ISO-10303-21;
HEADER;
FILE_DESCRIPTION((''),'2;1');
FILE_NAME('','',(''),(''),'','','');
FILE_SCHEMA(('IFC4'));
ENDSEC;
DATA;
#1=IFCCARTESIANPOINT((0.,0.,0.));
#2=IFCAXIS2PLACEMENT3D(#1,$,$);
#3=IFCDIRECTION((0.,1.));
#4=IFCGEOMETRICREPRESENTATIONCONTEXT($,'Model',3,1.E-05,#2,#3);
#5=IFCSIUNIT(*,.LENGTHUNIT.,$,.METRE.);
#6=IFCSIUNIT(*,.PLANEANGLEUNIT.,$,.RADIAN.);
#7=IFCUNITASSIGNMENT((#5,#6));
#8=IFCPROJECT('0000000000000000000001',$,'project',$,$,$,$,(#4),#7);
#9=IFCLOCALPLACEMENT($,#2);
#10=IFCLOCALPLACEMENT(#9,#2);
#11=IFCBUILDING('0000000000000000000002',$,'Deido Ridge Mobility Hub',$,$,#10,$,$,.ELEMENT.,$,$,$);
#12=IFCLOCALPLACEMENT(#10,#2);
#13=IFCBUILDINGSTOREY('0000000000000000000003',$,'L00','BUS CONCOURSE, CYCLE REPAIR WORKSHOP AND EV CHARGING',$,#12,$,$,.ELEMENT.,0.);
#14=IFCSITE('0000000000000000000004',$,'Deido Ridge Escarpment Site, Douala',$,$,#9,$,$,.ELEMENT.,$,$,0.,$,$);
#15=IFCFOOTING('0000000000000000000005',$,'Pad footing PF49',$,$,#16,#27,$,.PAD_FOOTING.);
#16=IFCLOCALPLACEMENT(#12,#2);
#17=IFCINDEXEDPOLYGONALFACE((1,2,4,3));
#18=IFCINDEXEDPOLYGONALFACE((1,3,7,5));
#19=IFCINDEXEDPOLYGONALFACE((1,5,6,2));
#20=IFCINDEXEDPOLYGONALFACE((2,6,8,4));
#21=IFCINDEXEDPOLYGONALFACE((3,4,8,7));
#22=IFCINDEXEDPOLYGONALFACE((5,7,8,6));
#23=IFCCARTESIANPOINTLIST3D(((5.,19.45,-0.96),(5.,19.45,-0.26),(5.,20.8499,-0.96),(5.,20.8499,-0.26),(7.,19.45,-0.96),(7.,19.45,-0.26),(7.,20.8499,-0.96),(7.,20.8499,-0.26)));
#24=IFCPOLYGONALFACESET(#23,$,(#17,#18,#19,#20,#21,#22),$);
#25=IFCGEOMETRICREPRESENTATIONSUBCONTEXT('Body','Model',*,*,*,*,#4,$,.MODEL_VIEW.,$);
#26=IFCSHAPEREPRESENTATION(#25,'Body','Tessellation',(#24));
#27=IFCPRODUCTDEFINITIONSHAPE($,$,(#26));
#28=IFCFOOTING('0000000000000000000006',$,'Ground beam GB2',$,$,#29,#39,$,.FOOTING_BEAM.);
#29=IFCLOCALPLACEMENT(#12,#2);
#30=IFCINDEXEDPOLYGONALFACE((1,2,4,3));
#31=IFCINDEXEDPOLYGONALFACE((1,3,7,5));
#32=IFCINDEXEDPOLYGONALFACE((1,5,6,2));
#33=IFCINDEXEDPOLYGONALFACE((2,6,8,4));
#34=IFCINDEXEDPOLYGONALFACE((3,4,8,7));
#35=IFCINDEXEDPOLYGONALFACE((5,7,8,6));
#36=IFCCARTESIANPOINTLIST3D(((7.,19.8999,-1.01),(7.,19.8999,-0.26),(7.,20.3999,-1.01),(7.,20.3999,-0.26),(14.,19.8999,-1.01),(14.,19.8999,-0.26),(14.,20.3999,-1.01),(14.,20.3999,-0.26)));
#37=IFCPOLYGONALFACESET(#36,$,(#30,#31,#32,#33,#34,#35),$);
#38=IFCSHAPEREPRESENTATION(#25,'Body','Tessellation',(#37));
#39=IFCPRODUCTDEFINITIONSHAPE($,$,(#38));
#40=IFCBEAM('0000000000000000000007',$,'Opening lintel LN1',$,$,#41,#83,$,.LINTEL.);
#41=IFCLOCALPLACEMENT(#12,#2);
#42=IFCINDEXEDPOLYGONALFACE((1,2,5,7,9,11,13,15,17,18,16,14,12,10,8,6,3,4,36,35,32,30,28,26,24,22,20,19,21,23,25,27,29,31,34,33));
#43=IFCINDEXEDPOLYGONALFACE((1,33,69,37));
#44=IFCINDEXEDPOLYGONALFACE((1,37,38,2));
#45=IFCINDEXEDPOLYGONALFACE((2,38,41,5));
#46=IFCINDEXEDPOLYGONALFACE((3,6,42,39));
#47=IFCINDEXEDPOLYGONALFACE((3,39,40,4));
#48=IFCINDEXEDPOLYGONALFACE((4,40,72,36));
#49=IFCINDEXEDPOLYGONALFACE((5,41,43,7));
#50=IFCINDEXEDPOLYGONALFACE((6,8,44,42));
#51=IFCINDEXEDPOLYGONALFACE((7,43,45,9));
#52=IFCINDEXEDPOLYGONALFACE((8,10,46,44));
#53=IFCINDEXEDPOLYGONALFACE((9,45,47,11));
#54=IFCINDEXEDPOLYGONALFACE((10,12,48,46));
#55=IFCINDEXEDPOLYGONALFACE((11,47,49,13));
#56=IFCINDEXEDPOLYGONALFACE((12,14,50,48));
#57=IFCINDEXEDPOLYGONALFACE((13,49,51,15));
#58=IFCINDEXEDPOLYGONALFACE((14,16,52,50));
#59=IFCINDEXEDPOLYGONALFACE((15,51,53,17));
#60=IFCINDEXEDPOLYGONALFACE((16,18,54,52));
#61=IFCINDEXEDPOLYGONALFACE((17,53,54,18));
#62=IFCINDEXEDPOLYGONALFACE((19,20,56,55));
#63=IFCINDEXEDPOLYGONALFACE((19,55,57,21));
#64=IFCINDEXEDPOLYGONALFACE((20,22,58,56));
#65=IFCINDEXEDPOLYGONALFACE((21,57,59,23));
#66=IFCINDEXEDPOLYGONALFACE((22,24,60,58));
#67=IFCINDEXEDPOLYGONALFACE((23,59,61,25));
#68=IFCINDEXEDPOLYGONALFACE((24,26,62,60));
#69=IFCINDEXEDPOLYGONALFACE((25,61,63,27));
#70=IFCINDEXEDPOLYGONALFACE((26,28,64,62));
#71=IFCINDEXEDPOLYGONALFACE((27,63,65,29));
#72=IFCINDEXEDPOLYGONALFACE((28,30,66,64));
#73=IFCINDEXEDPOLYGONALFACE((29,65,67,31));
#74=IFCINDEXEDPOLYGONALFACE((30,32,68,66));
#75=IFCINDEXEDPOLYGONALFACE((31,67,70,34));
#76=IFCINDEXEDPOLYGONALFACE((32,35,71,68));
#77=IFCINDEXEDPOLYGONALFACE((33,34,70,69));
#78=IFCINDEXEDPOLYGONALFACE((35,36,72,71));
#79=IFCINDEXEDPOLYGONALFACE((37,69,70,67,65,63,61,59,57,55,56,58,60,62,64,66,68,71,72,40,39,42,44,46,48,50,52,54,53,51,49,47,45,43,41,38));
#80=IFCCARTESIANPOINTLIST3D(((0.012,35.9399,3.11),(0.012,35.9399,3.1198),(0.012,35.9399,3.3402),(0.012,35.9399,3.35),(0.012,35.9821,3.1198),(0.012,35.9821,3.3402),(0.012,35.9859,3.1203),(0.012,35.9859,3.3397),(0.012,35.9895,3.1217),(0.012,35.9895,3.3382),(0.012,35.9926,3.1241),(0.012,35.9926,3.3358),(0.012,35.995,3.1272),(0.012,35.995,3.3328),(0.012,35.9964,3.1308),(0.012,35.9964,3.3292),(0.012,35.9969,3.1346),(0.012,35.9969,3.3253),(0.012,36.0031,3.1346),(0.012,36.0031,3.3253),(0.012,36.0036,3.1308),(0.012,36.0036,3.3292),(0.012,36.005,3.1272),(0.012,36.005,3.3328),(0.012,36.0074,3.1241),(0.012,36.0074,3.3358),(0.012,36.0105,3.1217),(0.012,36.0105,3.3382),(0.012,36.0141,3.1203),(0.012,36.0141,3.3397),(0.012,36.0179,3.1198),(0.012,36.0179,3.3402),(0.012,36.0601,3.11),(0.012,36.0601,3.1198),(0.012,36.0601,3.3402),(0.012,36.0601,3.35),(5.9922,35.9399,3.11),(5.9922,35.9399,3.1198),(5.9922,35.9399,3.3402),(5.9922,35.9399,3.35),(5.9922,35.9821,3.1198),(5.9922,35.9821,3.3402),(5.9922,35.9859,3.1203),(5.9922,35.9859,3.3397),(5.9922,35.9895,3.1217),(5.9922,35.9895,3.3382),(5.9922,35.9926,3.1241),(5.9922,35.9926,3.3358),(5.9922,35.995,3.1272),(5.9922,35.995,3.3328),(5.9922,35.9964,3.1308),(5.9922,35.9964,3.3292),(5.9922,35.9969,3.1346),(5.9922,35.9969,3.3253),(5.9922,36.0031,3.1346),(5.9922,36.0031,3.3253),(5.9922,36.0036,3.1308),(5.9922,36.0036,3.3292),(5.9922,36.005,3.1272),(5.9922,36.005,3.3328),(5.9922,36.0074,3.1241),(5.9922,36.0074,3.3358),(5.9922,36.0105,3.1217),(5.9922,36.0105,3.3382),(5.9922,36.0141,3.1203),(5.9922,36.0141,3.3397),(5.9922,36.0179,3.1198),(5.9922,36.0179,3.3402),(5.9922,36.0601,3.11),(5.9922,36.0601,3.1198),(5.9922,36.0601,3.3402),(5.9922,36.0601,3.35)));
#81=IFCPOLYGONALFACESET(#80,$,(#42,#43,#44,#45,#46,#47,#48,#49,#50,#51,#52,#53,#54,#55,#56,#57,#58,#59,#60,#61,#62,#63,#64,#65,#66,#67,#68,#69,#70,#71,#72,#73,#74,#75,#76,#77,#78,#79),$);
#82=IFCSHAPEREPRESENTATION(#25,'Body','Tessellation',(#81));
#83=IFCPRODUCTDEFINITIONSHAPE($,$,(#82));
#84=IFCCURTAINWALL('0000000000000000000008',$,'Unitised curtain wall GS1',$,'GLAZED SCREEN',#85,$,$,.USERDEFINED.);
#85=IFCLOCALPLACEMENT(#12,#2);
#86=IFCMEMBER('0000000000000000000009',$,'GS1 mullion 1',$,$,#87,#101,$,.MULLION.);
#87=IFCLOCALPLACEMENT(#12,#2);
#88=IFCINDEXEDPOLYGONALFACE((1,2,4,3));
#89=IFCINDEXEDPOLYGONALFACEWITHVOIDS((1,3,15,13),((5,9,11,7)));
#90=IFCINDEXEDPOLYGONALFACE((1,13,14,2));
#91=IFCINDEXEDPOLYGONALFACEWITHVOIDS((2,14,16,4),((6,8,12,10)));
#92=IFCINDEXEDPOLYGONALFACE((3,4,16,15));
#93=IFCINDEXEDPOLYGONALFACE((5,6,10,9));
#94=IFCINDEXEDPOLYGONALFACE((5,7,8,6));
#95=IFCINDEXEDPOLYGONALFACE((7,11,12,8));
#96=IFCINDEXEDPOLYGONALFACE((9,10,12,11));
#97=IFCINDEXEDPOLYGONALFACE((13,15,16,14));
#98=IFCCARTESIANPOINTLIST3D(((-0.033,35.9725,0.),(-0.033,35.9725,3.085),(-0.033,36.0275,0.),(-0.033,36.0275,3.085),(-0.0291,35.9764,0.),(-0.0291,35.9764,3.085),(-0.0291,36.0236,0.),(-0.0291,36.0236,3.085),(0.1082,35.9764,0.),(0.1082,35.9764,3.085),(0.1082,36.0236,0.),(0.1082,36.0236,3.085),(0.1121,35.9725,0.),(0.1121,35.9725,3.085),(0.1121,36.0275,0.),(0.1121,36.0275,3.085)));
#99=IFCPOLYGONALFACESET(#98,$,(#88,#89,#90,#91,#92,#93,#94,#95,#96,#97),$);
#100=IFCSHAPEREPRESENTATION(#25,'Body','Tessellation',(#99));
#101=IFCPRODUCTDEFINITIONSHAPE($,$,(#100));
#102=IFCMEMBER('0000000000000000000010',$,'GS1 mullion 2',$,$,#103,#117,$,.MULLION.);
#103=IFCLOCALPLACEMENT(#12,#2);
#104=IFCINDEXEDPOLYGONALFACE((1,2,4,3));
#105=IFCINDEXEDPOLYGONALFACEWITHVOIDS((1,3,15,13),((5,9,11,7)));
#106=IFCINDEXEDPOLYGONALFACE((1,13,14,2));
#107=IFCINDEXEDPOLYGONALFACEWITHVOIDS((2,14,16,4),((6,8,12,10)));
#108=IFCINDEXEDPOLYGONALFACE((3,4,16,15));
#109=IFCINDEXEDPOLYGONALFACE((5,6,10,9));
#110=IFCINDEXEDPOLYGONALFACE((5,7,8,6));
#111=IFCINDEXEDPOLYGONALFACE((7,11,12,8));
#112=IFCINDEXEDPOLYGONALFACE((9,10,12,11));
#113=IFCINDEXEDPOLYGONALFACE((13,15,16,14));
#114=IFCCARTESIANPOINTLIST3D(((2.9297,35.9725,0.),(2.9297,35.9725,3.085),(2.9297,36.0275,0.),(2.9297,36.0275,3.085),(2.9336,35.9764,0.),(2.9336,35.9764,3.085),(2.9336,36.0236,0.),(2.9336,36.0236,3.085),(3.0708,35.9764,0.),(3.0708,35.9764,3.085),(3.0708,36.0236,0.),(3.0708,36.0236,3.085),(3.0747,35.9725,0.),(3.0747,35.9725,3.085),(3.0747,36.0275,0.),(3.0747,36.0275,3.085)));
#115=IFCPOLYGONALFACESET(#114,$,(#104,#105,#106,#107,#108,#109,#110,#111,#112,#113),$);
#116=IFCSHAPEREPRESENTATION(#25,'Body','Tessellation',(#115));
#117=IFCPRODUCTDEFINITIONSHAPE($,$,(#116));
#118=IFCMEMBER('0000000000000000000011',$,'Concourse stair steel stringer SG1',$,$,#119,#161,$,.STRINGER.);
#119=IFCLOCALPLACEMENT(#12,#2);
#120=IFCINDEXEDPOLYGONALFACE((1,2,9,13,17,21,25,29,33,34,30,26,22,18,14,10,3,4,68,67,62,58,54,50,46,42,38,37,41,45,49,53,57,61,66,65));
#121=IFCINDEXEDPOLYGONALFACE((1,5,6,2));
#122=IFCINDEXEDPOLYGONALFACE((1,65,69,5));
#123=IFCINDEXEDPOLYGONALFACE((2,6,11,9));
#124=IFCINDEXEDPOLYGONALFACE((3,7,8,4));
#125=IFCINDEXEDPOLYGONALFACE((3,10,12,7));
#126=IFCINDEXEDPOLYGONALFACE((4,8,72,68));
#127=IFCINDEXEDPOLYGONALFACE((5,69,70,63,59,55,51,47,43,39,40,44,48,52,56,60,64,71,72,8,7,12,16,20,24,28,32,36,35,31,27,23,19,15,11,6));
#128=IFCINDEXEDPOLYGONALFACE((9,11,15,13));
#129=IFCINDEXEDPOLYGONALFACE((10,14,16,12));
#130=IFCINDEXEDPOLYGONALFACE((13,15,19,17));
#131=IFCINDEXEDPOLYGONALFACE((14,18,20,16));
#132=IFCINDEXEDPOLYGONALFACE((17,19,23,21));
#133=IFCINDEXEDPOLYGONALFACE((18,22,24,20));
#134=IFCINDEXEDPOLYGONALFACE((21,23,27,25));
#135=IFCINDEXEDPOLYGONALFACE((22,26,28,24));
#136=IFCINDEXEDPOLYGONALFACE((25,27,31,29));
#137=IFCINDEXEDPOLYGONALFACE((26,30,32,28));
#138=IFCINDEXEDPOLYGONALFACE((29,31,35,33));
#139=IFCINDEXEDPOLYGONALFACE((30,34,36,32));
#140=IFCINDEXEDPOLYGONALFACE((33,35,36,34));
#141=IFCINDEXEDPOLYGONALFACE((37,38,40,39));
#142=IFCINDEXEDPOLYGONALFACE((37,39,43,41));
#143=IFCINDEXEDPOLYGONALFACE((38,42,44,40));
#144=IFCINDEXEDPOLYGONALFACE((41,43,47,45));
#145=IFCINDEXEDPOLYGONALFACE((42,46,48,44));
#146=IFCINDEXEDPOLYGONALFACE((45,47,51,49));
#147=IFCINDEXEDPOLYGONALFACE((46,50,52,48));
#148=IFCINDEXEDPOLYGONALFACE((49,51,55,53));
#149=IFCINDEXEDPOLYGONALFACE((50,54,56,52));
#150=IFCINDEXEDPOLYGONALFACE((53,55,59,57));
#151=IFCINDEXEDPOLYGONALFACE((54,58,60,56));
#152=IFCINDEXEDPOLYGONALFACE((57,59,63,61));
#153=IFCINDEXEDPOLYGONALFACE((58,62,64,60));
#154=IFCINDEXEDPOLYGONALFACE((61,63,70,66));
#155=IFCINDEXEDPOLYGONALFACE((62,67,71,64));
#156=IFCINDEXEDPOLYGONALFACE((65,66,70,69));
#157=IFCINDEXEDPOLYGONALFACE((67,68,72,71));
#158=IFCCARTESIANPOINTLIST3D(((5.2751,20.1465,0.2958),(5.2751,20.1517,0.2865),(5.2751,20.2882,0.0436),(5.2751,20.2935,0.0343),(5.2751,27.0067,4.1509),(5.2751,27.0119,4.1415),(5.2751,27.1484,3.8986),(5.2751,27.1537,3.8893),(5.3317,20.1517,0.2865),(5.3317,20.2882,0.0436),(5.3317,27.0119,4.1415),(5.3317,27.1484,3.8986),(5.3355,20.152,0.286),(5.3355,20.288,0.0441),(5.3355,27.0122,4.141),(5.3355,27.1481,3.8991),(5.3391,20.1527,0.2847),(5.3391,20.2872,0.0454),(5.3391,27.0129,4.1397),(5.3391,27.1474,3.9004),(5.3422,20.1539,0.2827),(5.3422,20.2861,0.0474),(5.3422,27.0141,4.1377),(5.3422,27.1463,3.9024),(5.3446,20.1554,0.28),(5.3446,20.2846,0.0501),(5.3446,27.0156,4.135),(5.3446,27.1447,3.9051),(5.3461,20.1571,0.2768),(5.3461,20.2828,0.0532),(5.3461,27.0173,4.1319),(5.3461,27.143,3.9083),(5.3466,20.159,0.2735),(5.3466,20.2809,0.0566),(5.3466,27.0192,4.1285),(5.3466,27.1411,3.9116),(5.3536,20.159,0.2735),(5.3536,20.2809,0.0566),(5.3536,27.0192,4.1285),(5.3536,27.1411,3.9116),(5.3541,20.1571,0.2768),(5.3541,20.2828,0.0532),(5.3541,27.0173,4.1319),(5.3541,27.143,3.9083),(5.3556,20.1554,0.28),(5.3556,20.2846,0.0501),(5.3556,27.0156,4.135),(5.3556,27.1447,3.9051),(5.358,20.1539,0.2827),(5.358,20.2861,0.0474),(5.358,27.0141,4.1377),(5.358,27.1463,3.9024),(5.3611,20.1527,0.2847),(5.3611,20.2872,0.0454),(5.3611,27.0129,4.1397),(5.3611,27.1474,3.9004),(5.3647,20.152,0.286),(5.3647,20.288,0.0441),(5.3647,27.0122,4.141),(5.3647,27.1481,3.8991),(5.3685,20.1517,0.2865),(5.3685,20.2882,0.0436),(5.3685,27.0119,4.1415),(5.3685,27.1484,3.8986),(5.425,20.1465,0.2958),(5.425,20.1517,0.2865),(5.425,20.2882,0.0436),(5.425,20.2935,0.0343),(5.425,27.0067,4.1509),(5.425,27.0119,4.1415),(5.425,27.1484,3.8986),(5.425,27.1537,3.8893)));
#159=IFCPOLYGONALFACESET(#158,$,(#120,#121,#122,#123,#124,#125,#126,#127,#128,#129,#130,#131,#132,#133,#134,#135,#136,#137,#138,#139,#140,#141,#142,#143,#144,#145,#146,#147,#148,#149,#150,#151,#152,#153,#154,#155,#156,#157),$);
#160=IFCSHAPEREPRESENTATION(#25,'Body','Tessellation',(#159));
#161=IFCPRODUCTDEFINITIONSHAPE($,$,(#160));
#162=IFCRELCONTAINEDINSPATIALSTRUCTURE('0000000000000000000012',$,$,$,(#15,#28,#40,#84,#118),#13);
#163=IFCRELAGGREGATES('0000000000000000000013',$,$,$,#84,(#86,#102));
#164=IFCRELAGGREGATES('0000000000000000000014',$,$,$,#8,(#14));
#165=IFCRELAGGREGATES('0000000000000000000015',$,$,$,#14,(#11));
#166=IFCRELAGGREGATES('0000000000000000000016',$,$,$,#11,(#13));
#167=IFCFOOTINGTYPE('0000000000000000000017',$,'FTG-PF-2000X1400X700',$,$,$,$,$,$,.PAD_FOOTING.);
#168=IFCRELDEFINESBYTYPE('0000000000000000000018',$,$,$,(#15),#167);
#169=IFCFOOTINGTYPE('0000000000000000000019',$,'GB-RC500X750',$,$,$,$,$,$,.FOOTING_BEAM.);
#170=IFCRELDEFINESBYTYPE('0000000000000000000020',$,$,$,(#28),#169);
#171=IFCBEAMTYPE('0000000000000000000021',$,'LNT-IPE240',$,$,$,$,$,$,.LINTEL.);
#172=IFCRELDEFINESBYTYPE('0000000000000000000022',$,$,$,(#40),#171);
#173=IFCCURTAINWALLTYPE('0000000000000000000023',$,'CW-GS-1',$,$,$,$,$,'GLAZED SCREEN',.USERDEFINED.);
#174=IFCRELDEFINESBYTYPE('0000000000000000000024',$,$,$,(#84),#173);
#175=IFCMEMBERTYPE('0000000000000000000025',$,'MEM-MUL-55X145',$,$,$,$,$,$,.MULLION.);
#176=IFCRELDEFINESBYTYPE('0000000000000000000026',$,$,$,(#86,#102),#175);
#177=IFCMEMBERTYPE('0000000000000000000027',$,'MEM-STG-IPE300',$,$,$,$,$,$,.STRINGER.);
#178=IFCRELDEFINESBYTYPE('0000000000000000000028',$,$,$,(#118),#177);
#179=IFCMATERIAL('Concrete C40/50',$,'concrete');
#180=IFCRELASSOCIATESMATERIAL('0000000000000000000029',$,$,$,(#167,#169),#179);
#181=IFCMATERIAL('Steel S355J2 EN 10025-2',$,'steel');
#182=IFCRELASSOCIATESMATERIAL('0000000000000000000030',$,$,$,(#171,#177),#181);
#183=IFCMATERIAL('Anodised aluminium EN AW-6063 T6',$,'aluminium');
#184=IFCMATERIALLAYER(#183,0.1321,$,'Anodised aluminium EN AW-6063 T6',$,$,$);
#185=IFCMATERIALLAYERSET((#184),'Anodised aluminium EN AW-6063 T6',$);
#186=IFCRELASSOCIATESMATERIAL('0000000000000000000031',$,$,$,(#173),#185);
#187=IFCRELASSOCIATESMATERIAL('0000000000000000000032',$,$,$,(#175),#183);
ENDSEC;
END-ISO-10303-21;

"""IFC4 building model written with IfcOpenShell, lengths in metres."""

from ifc_helpers import new_model, si_unit, direction, frame, origin, origin_2d, place, context, subcontext, project, spatial, rectangle, hollow_rectangle, i_section, extrude, material, layer, layer_set, material_profile, profile_set, type_object, element, aggregate, save


model = new_model("IFC4")

# Units and contexts
model_context = context("Model", 3, precision=1e-05, world=origin(), true_north=direction((0.0, 1.0)))
body_context = subcontext(model_context, "Body", "Model", "MODEL_VIEW")
ifc_project = project(units=[si_unit("LENGTHUNIT", "METRE"), si_unit("PLANEANGLEUNIT", "RADIAN")], contexts=[model_context])

# Site, building, storey
site_placement = place(None, origin())
site = spatial("IfcSite", under=ifc_project, at=site_placement, Name="Deido Ridge Escarpment Site, Douala", CompositionType="ELEMENT", RefElevation=0.0)
building_placement = place(site_placement, origin())
building = spatial("IfcBuilding", under=site, at=building_placement, Name="Deido Ridge Mobility Hub", CompositionType="ELEMENT")
storey_placement = place(building_placement, origin())
storey = spatial("IfcBuildingStorey", under=building, at=storey_placement, Name="L00", Description="BUS CONCOURSE, CYCLE REPAIR WORKSHOP AND EV CHARGING", CompositionType="ELEMENT", Elevation=0.0)

# Footings
ifc_material_1 = material(Name="Concrete C40/50", Category="concrete")
footing_type_1 = type_object("IfcFootingType", Name="FTG-PF-2000X1400X700", PredefinedType="PAD_FOOTING", material=ifc_material_1)
footing_1_placement = place(storey_placement, frame((6.0, 20.1499, -0.96), z_axis=(0.0, 0.0, 1.0), x_axis=(1.0, 0.0, 0.0)))
element("IfcFooting", 1, at=footing_1_placement, inside=storey, type_object=footing_type_1, Name="Pad footing PF49", PredefinedType="PAD_FOOTING", context=body_context, shape_type="SweptSolid", body=[
    extrude(rectangle(XDim=2.0, YDim=1.3999, at=origin_2d()), origin(), (0.0, 0.0, 1.0), 0.7),
])
ifc_material_profile_1 = material_profile(ifc_material_1, rectangle(XDim=0.5, YDim=0.75, at=origin_2d()), Name="RC GB 500x750")
ifc_profile_set_1 = profile_set([ifc_material_profile_1], Name="Concrete C40/50")
footing_type_2 = type_object("IfcFootingType", Name="GB-RC500X750", PredefinedType="FOOTING_BEAM", material=ifc_profile_set_1)
footing_2_placement = place(storey_placement, frame((7.0, 20.1499, -0.635), z_axis=(1.0, 0.0, 0.0), x_axis=(0.0, 1.0, 0.0)))
element("IfcFooting", 2, at=footing_2_placement, inside=storey, type_object=footing_type_2, Name="Ground beam GB2", PredefinedType="FOOTING_BEAM", context=body_context, shape_type="SweptSolid", body=[
    extrude(rectangle(XDim=0.5, YDim=0.75, at=origin_2d()), origin(), (0.0, 0.0, 1.0), 7.0),
])

# Beam
ifc_material_2 = material(Name="Steel S355J2 EN 10025-2", Category="steel")
ifc_material_profile_2 = material_profile(ifc_material_2, i_section(OverallWidth=0.1201, OverallDepth=0.24, WebThickness=0.0061, FlangeThickness=0.0098, FilletRadius=0.0149, at=origin_2d()), Name="IPE 240")
ifc_profile_set_2 = profile_set([ifc_material_profile_2], Name="Steel S355J2 EN 10025-2")
beam_type = type_object("IfcBeamType", Name="LNT-IPE240", PredefinedType="LINTEL", material=ifc_profile_set_2)
beam_placement = place(storey_placement, frame((0.012, 36.0, 3.23), z_axis=(1.0, 0.0, 0.0), x_axis=(0.0, 1.0, 0.0)))
element("IfcBeam", 3, at=beam_placement, inside=storey, type_object=beam_type, Name="Opening lintel LN1", PredefinedType="LINTEL", context=body_context, shape_type="SweptSolid", body=[
    extrude(i_section(OverallWidth=0.1201, OverallDepth=0.24, WebThickness=0.0061, FlangeThickness=0.0098, FilletRadius=0.0149, at=origin_2d()), origin(), (0.0, 0.0, 1.0), 5.9802),
])

# Curtain wall, members
ifc_material_3 = material(Name="Anodised aluminium EN AW-6063 T6", Category="aluminium")
ifc_layer_1 = layer(ifc_material_3, 0.1321, Name="Anodised aluminium EN AW-6063 T6")
ifc_layer_set_1 = layer_set([ifc_layer_1], Name="Anodised aluminium EN AW-6063 T6")
curtain_wall_type = type_object("IfcCurtainWallType", Name="CW-GS-1", ElementType="GLAZED SCREEN", PredefinedType="USERDEFINED", material=ifc_layer_set_1)
curtain_wall_placement = place(storey_placement, origin())
curtain_wall = element("IfcCurtainWall", 4, at=curtain_wall_placement, inside=storey, type_object=curtain_wall_type, Name="Unitised curtain wall GS1", ObjectType="GLAZED SCREEN", PredefinedType="USERDEFINED")
ifc_material_profile_3 = material_profile(ifc_material_3, hollow_rectangle(XDim=0.0549, YDim=0.145, WallThickness=0.0039, at=origin_2d()), Name="RHS 55x145x4")
ifc_profile_set_3 = profile_set([ifc_material_profile_3], Name="Anodised aluminium EN AW-6063 T6")
member_type_1 = type_object("IfcMemberType", Name="MEM-MUL-55X145", PredefinedType="MULLION", material=ifc_profile_set_3)
member_1_placement = place(storey_placement, frame((0.0396, 36.0, 0.0), z_axis=(0.0, 0.0, 1.0), x_axis=(0.0, 1.0, 0.0)))
member_1 = element("IfcMember", 5, at=member_1_placement, type_object=member_type_1, Name="GS1 mullion 1", PredefinedType="MULLION", context=body_context, shape_type="SweptSolid", body=[
    extrude(hollow_rectangle(XDim=0.0549, YDim=0.145, WallThickness=0.0039, at=origin_2d()), origin(), (0.0, 0.0, 1.0), 3.085),
])
member_2_placement = place(storey_placement, frame((3.0022, 36.0, 0.0), z_axis=(0.0, 0.0, 1.0), x_axis=(0.0, 1.0, 0.0)))
member_2 = element("IfcMember", 6, at=member_2_placement, type_object=member_type_1, Name="GS1 mullion 2", PredefinedType="MULLION", context=body_context, shape_type="SweptSolid", body=[
    extrude(hollow_rectangle(XDim=0.0549, YDim=0.145, WallThickness=0.0039, at=origin_2d()), origin(), (0.0, 0.0, 1.0), 3.085),
])

# Member
ifc_material_profile_4 = material_profile(ifc_material_2, i_section(OverallWidth=0.1499, OverallDepth=0.3, WebThickness=0.0071, FlangeThickness=0.0107, FilletRadius=0.0149, at=origin_2d()), Name="IPE 300")
ifc_profile_set_4 = profile_set([ifc_material_profile_4], Name="Steel S355J2 EN 10025-2")
member_type_2 = type_object("IfcMemberType", Name="MEM-STG-IPE300", PredefinedType="STRINGER", material=ifc_profile_set_4)
for number, where, z_axis, x_axis, name in (
    (7, (5.3501, 20.22, 0.165), (0.0, 0.871783, 0.489891), (-1.0, 0.0, 0.0), "Concourse stair steel stringer SG1"),
):
    element("IfcMember", number, at=place(storey_placement, frame(where, z_axis=z_axis, x_axis=x_axis)), inside=storey, type_object=member_type_2, Name=name, PredefinedType="STRINGER", context=body_context, shape_type="SweptSolid", body=[
        extrude(i_section(OverallWidth=0.1499, OverallDepth=0.3, WebThickness=0.0071, FlangeThickness=0.0107, FilletRadius=0.0149, at=origin_2d()), origin(), (0.0, 0.0, 1.0), 7.8691),
    ])

aggregate(curtain_wall, [member_1, member_2])

save(model, "model.ifc")
